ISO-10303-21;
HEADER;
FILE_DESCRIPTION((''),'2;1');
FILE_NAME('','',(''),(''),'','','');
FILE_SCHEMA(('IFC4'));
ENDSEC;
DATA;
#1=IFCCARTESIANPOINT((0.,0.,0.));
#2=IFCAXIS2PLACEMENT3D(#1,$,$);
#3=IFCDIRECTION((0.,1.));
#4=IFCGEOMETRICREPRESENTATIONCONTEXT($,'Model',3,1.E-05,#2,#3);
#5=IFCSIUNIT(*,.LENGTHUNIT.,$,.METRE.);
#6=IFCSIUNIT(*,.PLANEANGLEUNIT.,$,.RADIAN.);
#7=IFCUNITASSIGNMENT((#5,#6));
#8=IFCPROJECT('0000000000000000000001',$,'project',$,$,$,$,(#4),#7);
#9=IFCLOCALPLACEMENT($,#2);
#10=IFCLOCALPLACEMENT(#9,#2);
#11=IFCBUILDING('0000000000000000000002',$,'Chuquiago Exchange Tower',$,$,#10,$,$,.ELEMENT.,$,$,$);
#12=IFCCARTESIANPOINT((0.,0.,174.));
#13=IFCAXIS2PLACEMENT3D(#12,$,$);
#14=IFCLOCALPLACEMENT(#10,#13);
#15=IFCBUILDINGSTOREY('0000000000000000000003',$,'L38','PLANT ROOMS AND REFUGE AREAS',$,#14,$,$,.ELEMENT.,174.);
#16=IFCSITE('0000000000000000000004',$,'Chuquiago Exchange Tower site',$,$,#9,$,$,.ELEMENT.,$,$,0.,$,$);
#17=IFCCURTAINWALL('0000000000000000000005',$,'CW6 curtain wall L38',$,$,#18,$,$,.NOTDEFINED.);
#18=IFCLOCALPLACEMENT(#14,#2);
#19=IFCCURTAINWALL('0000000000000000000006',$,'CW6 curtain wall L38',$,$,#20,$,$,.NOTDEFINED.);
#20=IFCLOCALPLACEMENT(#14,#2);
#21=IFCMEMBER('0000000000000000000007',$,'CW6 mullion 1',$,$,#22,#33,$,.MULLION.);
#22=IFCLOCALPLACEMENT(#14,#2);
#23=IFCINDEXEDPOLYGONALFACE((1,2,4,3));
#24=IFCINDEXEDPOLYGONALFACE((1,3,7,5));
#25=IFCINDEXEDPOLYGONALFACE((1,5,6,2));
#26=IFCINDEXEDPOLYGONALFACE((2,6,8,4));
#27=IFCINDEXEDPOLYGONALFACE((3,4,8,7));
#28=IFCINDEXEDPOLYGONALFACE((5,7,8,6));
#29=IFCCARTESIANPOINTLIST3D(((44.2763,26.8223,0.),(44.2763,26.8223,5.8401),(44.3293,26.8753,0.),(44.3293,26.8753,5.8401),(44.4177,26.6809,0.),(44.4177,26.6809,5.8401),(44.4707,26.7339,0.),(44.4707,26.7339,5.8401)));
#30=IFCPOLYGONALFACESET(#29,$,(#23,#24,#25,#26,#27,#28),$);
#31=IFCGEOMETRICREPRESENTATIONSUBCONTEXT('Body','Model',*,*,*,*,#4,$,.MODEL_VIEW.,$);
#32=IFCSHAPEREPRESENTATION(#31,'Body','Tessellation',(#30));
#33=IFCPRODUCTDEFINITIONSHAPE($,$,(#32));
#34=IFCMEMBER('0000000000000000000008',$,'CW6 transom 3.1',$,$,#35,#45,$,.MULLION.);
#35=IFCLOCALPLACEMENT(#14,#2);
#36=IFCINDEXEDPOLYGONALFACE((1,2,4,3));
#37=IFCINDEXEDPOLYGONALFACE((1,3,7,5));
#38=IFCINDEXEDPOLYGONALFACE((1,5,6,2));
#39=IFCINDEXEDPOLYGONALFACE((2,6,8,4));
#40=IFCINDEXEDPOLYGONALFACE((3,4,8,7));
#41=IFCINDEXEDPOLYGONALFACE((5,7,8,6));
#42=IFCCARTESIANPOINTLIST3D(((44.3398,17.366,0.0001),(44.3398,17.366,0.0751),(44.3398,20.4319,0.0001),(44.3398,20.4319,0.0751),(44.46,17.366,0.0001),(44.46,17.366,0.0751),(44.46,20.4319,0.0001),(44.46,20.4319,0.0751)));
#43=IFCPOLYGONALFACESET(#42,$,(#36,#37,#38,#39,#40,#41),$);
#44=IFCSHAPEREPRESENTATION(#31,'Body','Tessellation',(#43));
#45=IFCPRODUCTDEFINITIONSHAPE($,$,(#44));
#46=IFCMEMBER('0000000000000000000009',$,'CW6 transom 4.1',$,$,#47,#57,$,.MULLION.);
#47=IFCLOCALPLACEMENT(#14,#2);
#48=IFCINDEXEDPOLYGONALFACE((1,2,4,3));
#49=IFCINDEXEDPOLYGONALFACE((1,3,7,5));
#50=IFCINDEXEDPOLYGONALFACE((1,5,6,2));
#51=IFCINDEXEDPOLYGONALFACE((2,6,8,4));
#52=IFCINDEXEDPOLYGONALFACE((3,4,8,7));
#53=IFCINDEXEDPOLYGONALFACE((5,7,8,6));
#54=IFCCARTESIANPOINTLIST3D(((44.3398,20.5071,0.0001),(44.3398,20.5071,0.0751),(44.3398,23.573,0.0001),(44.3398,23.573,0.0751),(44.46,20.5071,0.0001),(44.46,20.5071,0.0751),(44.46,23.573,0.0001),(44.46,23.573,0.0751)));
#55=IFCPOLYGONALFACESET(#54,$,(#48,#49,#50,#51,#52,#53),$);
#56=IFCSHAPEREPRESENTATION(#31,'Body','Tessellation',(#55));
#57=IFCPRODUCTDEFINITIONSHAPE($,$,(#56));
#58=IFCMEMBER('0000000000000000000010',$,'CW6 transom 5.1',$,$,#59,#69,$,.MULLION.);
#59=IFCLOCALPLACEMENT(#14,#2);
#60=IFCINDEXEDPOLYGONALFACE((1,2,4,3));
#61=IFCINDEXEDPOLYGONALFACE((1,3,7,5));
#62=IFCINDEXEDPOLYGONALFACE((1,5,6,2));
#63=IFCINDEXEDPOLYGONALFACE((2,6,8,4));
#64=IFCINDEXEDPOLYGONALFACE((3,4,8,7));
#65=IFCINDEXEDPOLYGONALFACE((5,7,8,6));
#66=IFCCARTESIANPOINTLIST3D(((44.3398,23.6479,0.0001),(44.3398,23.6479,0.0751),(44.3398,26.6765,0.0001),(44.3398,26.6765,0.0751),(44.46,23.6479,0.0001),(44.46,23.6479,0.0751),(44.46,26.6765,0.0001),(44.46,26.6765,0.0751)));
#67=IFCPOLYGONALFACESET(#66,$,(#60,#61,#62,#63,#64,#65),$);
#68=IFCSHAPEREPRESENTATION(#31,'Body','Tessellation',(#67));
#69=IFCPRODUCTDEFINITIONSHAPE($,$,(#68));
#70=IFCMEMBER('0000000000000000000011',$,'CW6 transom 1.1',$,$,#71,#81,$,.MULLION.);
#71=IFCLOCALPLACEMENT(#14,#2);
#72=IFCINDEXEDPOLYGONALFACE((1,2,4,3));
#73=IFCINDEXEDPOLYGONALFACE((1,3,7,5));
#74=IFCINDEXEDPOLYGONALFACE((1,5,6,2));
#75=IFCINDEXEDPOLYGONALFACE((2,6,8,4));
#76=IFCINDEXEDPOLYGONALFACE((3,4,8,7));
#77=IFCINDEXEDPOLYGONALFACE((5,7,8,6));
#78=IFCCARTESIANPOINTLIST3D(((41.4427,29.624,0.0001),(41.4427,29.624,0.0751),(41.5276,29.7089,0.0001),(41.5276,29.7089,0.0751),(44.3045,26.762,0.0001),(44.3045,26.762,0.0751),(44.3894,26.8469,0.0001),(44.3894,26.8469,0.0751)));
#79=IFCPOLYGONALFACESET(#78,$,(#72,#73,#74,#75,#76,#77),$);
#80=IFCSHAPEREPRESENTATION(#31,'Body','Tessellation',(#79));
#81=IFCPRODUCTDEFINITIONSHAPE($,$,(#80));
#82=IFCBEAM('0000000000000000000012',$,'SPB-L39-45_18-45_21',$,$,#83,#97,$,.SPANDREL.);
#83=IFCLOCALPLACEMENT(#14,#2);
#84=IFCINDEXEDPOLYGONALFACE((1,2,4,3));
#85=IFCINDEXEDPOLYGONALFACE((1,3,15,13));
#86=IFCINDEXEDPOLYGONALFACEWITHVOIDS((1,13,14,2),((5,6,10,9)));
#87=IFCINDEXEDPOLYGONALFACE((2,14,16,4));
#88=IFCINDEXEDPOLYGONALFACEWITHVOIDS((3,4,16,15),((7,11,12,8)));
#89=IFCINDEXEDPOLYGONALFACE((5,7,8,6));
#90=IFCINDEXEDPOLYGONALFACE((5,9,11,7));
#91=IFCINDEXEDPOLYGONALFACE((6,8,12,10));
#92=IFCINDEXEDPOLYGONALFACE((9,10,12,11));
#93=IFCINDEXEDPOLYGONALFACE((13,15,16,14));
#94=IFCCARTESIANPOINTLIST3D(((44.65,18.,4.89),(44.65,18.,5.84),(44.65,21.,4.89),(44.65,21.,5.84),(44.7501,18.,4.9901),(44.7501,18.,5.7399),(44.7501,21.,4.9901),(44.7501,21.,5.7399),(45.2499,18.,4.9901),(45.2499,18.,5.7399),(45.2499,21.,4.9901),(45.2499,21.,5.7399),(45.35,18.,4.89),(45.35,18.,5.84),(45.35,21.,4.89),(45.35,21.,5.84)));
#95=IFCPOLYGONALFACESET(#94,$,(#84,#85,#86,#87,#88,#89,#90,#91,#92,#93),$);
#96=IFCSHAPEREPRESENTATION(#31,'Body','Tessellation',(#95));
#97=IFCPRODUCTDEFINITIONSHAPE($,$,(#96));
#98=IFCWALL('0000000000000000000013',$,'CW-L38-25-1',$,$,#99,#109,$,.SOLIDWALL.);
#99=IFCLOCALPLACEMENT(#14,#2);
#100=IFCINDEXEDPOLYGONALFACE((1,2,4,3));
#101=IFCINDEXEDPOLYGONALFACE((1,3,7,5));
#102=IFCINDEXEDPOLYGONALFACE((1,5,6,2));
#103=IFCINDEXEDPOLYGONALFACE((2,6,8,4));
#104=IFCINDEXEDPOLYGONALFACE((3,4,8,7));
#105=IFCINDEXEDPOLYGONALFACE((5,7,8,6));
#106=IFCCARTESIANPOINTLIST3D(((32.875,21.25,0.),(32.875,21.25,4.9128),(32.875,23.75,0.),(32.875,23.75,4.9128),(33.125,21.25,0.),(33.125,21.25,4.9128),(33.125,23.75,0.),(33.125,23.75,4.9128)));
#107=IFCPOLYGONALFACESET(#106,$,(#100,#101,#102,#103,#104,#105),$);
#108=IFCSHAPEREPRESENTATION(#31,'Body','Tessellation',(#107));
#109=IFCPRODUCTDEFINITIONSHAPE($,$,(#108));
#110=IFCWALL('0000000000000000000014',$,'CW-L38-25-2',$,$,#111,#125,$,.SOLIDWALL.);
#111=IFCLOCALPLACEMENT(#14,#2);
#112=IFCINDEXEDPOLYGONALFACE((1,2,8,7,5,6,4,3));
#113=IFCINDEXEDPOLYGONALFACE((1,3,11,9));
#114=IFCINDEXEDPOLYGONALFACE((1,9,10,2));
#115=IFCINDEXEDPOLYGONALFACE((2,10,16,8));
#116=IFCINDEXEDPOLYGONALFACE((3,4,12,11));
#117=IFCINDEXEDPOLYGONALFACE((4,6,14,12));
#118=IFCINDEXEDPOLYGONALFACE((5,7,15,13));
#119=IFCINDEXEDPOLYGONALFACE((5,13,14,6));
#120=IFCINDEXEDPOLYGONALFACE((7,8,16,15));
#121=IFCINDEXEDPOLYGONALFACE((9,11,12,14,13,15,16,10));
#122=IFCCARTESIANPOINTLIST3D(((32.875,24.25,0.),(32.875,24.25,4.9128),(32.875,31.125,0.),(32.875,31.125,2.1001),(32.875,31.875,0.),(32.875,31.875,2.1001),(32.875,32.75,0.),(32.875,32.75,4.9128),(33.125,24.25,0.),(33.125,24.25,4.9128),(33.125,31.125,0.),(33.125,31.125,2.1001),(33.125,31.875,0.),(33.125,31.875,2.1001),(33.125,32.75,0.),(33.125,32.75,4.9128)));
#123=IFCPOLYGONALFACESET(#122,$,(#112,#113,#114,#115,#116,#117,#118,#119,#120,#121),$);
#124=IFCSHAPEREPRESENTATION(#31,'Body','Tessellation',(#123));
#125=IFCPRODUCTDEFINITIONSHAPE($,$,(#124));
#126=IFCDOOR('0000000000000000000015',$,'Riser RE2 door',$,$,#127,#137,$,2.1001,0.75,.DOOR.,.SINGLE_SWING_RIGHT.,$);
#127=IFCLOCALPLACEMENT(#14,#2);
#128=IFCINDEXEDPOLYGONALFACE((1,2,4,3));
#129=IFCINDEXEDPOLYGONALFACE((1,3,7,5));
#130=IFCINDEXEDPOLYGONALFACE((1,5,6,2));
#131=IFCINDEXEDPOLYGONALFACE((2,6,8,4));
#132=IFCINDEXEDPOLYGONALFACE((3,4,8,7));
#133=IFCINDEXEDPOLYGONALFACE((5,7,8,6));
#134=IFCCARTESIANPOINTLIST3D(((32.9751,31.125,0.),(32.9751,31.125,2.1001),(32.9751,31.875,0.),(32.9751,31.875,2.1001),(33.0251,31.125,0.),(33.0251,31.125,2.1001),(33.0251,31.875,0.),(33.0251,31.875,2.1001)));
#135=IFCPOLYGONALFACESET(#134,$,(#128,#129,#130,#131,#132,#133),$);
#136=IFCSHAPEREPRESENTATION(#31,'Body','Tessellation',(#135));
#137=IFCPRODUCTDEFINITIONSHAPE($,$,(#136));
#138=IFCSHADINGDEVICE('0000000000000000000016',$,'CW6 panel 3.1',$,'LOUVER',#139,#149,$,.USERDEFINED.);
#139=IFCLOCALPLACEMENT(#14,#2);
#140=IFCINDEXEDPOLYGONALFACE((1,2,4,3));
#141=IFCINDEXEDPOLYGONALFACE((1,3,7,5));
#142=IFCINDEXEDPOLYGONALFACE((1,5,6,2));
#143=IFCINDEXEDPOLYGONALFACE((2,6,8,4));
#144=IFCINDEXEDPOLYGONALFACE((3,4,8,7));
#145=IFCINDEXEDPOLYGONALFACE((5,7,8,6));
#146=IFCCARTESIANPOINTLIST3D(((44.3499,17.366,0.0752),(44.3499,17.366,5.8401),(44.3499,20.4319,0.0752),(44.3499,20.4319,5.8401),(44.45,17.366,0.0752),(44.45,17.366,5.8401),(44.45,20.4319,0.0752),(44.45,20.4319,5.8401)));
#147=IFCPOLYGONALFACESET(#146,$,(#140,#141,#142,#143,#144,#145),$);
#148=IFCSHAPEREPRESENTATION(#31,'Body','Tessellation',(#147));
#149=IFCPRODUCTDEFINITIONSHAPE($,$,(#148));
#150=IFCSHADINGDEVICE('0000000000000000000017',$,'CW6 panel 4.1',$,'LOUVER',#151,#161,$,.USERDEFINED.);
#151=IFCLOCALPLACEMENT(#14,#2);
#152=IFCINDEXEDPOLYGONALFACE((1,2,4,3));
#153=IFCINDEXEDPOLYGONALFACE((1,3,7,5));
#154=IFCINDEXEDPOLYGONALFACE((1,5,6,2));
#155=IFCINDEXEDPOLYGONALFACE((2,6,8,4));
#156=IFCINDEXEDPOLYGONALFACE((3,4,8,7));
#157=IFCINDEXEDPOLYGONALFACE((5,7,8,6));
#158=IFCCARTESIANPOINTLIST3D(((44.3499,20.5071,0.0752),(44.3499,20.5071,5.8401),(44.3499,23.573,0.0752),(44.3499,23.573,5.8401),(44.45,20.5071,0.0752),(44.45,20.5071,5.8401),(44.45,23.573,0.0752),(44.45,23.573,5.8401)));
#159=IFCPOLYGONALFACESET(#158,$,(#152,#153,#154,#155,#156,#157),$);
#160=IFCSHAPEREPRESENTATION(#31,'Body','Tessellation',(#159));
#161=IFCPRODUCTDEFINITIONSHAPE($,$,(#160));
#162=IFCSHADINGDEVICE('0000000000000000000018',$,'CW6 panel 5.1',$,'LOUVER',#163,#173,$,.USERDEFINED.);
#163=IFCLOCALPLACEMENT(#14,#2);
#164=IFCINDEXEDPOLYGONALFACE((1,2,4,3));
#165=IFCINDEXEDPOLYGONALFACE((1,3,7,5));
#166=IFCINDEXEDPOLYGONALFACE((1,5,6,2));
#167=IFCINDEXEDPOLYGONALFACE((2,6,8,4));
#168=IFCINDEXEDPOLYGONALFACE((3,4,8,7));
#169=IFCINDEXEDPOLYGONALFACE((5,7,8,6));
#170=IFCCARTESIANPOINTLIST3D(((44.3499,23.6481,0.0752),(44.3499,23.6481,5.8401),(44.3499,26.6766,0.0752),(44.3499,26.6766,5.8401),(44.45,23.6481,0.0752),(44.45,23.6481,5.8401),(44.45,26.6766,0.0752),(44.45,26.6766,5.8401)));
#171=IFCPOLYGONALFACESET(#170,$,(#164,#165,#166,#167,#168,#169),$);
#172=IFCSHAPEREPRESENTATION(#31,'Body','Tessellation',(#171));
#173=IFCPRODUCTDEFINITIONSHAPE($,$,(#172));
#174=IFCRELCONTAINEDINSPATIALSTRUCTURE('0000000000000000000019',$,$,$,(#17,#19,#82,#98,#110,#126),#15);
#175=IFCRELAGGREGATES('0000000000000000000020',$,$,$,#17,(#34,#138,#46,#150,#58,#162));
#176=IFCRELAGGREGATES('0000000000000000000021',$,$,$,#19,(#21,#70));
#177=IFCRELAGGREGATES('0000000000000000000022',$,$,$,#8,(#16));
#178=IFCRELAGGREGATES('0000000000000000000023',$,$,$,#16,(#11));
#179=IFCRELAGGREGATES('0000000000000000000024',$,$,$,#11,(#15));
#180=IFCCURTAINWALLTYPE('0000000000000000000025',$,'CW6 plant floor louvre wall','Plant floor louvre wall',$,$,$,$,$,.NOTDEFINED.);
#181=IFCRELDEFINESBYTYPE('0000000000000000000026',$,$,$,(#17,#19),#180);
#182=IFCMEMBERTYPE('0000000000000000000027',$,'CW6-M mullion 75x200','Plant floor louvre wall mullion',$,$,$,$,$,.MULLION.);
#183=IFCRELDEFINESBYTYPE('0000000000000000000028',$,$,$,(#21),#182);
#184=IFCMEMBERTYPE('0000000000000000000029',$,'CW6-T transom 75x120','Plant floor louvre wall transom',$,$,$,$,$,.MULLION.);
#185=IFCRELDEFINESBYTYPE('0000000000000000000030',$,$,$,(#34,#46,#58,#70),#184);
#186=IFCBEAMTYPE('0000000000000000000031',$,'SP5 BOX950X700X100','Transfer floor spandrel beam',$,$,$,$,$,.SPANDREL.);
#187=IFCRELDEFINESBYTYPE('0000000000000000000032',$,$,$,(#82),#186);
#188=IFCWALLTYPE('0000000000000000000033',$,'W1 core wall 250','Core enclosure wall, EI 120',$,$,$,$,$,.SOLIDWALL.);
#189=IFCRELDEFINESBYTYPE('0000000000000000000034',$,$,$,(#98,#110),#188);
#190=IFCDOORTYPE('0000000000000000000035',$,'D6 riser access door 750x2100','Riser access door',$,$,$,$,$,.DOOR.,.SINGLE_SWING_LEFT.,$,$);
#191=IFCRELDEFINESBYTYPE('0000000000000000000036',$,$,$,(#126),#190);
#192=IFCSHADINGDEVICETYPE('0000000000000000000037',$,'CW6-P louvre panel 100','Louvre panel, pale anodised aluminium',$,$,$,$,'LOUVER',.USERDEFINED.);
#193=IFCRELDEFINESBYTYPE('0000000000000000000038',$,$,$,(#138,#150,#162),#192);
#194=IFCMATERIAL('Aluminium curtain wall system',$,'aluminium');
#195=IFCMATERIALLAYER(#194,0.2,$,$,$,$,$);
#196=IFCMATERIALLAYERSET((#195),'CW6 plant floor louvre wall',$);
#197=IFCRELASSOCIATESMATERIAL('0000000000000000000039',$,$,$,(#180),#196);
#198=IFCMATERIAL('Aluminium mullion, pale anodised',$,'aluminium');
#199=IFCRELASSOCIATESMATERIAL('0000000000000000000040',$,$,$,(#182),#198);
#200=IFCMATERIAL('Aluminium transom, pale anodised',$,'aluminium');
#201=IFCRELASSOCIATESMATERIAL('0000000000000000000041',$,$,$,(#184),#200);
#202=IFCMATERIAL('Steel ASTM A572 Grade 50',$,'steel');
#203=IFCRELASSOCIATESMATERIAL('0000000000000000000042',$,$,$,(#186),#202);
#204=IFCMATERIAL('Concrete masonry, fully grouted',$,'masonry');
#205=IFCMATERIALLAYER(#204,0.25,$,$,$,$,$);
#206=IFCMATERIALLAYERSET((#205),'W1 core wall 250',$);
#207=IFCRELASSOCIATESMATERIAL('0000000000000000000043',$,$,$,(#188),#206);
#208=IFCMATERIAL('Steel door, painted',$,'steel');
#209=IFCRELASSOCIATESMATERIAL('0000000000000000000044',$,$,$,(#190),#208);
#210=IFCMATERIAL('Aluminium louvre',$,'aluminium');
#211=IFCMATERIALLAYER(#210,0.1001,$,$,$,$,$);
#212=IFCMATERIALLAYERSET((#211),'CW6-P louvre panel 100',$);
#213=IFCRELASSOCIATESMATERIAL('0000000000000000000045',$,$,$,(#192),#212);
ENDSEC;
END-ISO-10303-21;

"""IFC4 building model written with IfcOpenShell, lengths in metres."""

from ifc_helpers import new_model, si_unit, direction, frame, frame_2d, origin, origin_2d, place, context, subcontext, project, spatial, rectangle, hollow_rectangle, extrude, material, layer, layer_set, material_profile, profile_set, type_object, element, fill, aggregate, save


model = new_model("IFC4")

# Units and contexts
model_context = context("Model", 3, precision=1e-05, world=origin(), true_north=direction((0.0, 1.0)))
body_context = subcontext(model_context, "Body", "Model", "MODEL_VIEW")
ifc_project = project(units=[si_unit("LENGTHUNIT", "METRE"), si_unit("PLANEANGLEUNIT", "RADIAN")], contexts=[model_context])

# Site, building, storey
site_placement = place(None, origin())
site = spatial("IfcSite", under=ifc_project, at=site_placement, Name="Chuquiago Exchange Tower site", CompositionType="ELEMENT", RefElevation=0.0)
building_placement = place(site_placement, origin())
building = spatial("IfcBuilding", under=site, at=building_placement, Name="Chuquiago Exchange Tower", CompositionType="ELEMENT")
storey_placement = place(building_placement, frame((0.0, 0.0, 174.0)))
storey = spatial("IfcBuildingStorey", under=building, at=storey_placement, Name="L38", Description="PLANT ROOMS AND REFUGE AREAS", CompositionType="ELEMENT", Elevation=174.0)

# Curtain wall
ifc_material_1 = material(Name="Aluminium curtain wall system", Category="aluminium")
ifc_layer_1 = layer(ifc_material_1, 0.2)
ifc_layer_set_1 = layer_set([ifc_layer_1], Name="CW6 plant floor louvre wall")
curtain_wall_type = type_object("IfcCurtainWallType", Name="CW6 plant floor louvre wall", Description="Plant floor louvre wall", PredefinedType="NOTDEFINED", material=ifc_layer_set_1)
curtain_wall_1_placement = place(storey_placement, origin())
curtain_wall_1 = element("IfcCurtainWall", 1, at=curtain_wall_1_placement, inside=storey, type_object=curtain_wall_type, Name="CW6 curtain wall L38", PredefinedType="NOTDEFINED")
ifc_material_2 = material(Name="Aluminium mullion, pale anodised", Category="aluminium")
ifc_material_profile_1 = material_profile(ifc_material_2, rectangle(XDim=0.075, YDim=0.2, at=origin_2d()), Name="AL 75x200")
ifc_profile_set_1 = profile_set([ifc_material_profile_1], Name="Aluminium mullion, pale anodised")
member_type_1 = type_object("IfcMemberType", Name="CW6-M mullion 75x200", Description="Plant floor louvre wall mullion", PredefinedType="MULLION", material=ifc_profile_set_1)

# Curtain wall, member
curtain_wall_2_placement = place(storey_placement, origin())
curtain_wall_2 = element("IfcCurtainWall", 2, at=curtain_wall_2_placement, inside=storey, type_object=curtain_wall_type, Name="CW6 curtain wall L38", PredefinedType="NOTDEFINED")
member_1_placement = place(storey_placement, frame((44.3735, 26.7781, 0.0), z_axis=(0.0, 0.0, 1.0), x_axis=(-0.707107, -0.707107, 0.0)))
member_1 = element("IfcMember", 3, at=member_1_placement, type_object=member_type_1, Name="CW6 mullion 1", PredefinedType="MULLION", context=body_context, shape_type="SweptSolid", body=[
    extrude(rectangle(XDim=0.075, YDim=0.2, at=origin_2d()), origin(), (0.0, 0.0, 1.0), 5.8401),
])

# Members
ifc_material_3 = material(Name="Aluminium transom, pale anodised", Category="aluminium")
ifc_material_profile_2 = material_profile(ifc_material_3, rectangle(XDim=0.1201, YDim=0.075, at=origin_2d()), Name="AL 120x75")
ifc_profile_set_2 = profile_set([ifc_material_profile_2], Name="Aluminium transom, pale anodised")
member_type_2 = type_object("IfcMemberType", Name="CW6-T transom 75x120", Description="Plant floor louvre wall transom", PredefinedType="MULLION", material=ifc_profile_set_2)
member_2_placement = place(storey_placement, frame((44.3999, 17.366, 0.0376), z_axis=(0.0, 1.0, 0.0), x_axis=(-1.0, 0.0, 0.0)))
member_2 = element("IfcMember", 4, at=member_2_placement, type_object=member_type_2, Name="CW6 transom 3.1", PredefinedType="MULLION", context=body_context, shape_type="SweptSolid", body=[
    extrude(rectangle(XDim=0.1201, YDim=0.075, at=origin_2d()), origin(), (0.0, 0.0, 1.0), 3.0659),
])
member_3_placement = place(storey_placement, frame((44.3999, 20.5071, 0.0376), z_axis=(0.0, 1.0, 0.0), x_axis=(-1.0, 0.0, 0.0)))
member_3 = element("IfcMember", 5, at=member_3_placement, type_object=member_type_2, Name="CW6 transom 4.1", PredefinedType="MULLION", context=body_context, shape_type="SweptSolid", body=[
    extrude(rectangle(XDim=0.1201, YDim=0.075, at=origin_2d()), origin(), (0.0, 0.0, 1.0), 3.0659),
])
member_4_placement = place(storey_placement, frame((44.3999, 23.6479, 0.0376), z_axis=(0.0, 1.0, 0.0), x_axis=(-1.0, 0.0, 0.0)))
member_4 = element("IfcMember", 6, at=member_4_placement, type_object=member_type_2, Name="CW6 transom 5.1", PredefinedType="MULLION", context=body_context, shape_type="SweptSolid", body=[
    extrude(rectangle(XDim=0.1201, YDim=0.075, at=origin_2d()), origin(), (0.0, 0.0, 1.0), 3.0286),
])
member_5_placement = place(storey_placement, frame((44.3469, 26.8044, 0.0376), z_axis=(-0.707077, 0.707137, 0.0), x_axis=(-0.707137, -0.707077, 0.0)))
member_5 = element("IfcMember", 7, at=member_5_placement, type_object=member_type_2, Name="CW6 transom 1.1", PredefinedType="MULLION", context=body_context, shape_type="SweptSolid", body=[
    extrude(rectangle(XDim=0.1201, YDim=0.075, at=origin_2d()), origin(), (0.0, 0.0, 1.0), 4.0474),
])

# Beam
ifc_material_4 = material(Name="Steel ASTM A572 Grade 50", Category="steel")
ifc_material_profile_3 = material_profile(ifc_material_4, hollow_rectangle(XDim=0.7, YDim=0.95, WallThickness=0.1001, at=origin_2d()), Name="BOX950X700X100")
ifc_profile_set_3 = profile_set([ifc_material_profile_3], Name="Steel ASTM A572 Grade 50")
beam_type_1 = type_object("IfcBeamType", Name="SP5 BOX950X700X100", Description="Transfer floor spandrel beam", PredefinedType="SPANDREL", material=ifc_profile_set_3)
beam_1_placement = place(storey_placement, frame((45.0, 18.0, 5.365), z_axis=(0.0, 1.0, 0.0), x_axis=(-1.0, 0.0, 0.0)))
element("IfcBeam", 8, at=beam_1_placement, inside=storey, type_object=beam_type_1, Name="SPB-L39-45_18-45_21", PredefinedType="SPANDREL", context=body_context, shape_type="SweptSolid", body=[
    extrude(hollow_rectangle(XDim=0.7, YDim=0.95, WallThickness=0.1001, at=origin_2d()), origin(), (0.0, 0.0, 1.0), 3.0),
])

# Wall
ifc_material_5 = material(Name="Concrete masonry, fully grouted", Category="masonry")
ifc_layer_2 = layer(ifc_material_5, 0.25)
ifc_layer_set_2 = layer_set([ifc_layer_2], Name="W1 core wall 250")
wall_type = type_object("IfcWallType", Name="W1 core wall 250", Description="Core enclosure wall, EI 120", PredefinedType="SOLIDWALL", material=ifc_layer_set_2)
wall_1_placement = place(storey_placement, frame((33.0, 21.25, 0.0), z_axis=(0.0, 0.0, 1.0), x_axis=(0.0, 1.0, 0.0)))
element("IfcWall", 9, at=wall_1_placement, inside=storey, type_object=wall_type, Name="CW-L38-25-1", PredefinedType="SOLIDWALL", context=body_context, shape_type="SweptSolid", body=[
    extrude(rectangle(XDim=2.5, YDim=0.25, at=frame_2d((1.25, 0.0))), origin(), (0.0, 0.0, 1.0), 4.9128),
])

# Wall, opening, door
wall_2_placement = place(storey_placement, frame((33.0, 24.25, 0.0), z_axis=(0.0, 0.0, 1.0), x_axis=(0.0, 1.0, 0.0)))
wall_2 = element("IfcWall", 10, at=wall_2_placement, inside=storey, type_object=wall_type, Name="CW-L38-25-2", PredefinedType="SOLIDWALL", context=body_context, shape_type="SweptSolid", body=[
    extrude(rectangle(XDim=8.5, YDim=0.25, at=frame_2d((4.25, 0.0))), origin(), (0.0, 0.0, 1.0), 4.9128),
])
opening_placement = place(wall_2_placement, frame((6.875, 0.0, 0.0)))
opening = element("IfcOpeningElement", 11, at=opening_placement, cuts=wall_2, PredefinedType="OPENING", context=body_context, shape_type="SweptSolid", body=[
    extrude(rectangle(XDim=0.75, YDim=2.1001, at=frame_2d((0.375, 1.05))), frame((0.0, 0.135, 0.0), z_axis=(0.0, -1.0, 0.0), x_axis=(1.0, 0.0, 0.0)), (0.0, 0.0, 1.0), 0.27),
])
ifc_material_6 = material(Name="Steel door, painted", Category="steel")
door_type = type_object("IfcDoorType", Name="D6 riser access door 750x2100", Description="Riser access door", OperationType="SINGLE_SWING_LEFT", PredefinedType="DOOR", material=ifc_material_6)
door_placement = place(opening_placement, origin())
door = element("IfcDoor", 12, at=door_placement, inside=storey, type_object=door_type, Name="Riser RE2 door", OperationType="SINGLE_SWING_RIGHT", OverallHeight=2.1001, OverallWidth=0.75, PredefinedType="DOOR", context=body_context, shape_type="SweptSolid", body=[
    extrude(rectangle(XDim=0.75, YDim=2.1001, at=frame_2d((0.375, 1.05))), frame((0.0, 0.0249, 0.0), z_axis=(0.0, -1.0, 0.0), x_axis=(1.0, 0.0, 0.0)), (0.0, 0.0, 1.0), 0.05),
])
fill(opening, door)

# Shading devices
ifc_material_7 = material(Name="Aluminium louvre", Category="aluminium")
ifc_layer_3 = layer(ifc_material_7, 0.1001)
ifc_layer_set_3 = layer_set([ifc_layer_3], Name="CW6-P louvre panel 100")
shading_device_type = type_object("IfcShadingDeviceType", Name="CW6-P louvre panel 100", Description="Louvre panel, pale anodised aluminium", ElementType="LOUVER", PredefinedType="USERDEFINED", material=ifc_layer_set_3)
shading_device_1_placement = place(storey_placement, frame((44.3999, 18.8989, 0.0752), z_axis=(0.0, 0.0, 1.0), x_axis=(0.0, 1.0, 0.0)))
shading_device_1 = element("IfcShadingDevice", 13, at=shading_device_1_placement, type_object=shading_device_type, Name="CW6 panel 3.1", ObjectType="LOUVER", PredefinedType="USERDEFINED", context=body_context, shape_type="SweptSolid", body=[
    extrude(rectangle(XDim=3.0659, YDim=0.1001, at=origin_2d()), origin(), (0.0, 0.0, 1.0), 5.7649),
])
shading_device_2_placement = place(storey_placement, frame((44.3999, 22.04, 0.0752), z_axis=(0.0, 0.0, 1.0), x_axis=(0.0, 1.0, 0.0)))
shading_device_2 = element("IfcShadingDevice", 14, at=shading_device_2_placement, type_object=shading_device_type, Name="CW6 panel 4.1", ObjectType="LOUVER", PredefinedType="USERDEFINED", context=body_context, shape_type="SweptSolid", body=[
    extrude(rectangle(XDim=3.0659, YDim=0.1001, at=origin_2d()), origin(), (0.0, 0.0, 1.0), 5.7649),
])
shading_device_3_placement = place(storey_placement, frame((44.3999, 25.1624, 0.0752), z_axis=(0.0, 0.0, 1.0), x_axis=(0.0, 1.0, 0.0)))
shading_device_3 = element("IfcShadingDevice", 15, at=shading_device_3_placement, type_object=shading_device_type, Name="CW6 panel 5.1", ObjectType="LOUVER", PredefinedType="USERDEFINED", context=body_context, shape_type="SweptSolid", body=[
    extrude(rectangle(XDim=3.0286, YDim=0.1001, at=origin_2d()), origin(), (0.0, 0.0, 1.0), 5.7649),
])
aggregate(curtain_wall_1, [member_2, shading_device_1, member_3, shading_device_2, member_4, shading_device_3])
aggregate(curtain_wall_2, [member_1, member_5])

save(model, "model.ifc")
